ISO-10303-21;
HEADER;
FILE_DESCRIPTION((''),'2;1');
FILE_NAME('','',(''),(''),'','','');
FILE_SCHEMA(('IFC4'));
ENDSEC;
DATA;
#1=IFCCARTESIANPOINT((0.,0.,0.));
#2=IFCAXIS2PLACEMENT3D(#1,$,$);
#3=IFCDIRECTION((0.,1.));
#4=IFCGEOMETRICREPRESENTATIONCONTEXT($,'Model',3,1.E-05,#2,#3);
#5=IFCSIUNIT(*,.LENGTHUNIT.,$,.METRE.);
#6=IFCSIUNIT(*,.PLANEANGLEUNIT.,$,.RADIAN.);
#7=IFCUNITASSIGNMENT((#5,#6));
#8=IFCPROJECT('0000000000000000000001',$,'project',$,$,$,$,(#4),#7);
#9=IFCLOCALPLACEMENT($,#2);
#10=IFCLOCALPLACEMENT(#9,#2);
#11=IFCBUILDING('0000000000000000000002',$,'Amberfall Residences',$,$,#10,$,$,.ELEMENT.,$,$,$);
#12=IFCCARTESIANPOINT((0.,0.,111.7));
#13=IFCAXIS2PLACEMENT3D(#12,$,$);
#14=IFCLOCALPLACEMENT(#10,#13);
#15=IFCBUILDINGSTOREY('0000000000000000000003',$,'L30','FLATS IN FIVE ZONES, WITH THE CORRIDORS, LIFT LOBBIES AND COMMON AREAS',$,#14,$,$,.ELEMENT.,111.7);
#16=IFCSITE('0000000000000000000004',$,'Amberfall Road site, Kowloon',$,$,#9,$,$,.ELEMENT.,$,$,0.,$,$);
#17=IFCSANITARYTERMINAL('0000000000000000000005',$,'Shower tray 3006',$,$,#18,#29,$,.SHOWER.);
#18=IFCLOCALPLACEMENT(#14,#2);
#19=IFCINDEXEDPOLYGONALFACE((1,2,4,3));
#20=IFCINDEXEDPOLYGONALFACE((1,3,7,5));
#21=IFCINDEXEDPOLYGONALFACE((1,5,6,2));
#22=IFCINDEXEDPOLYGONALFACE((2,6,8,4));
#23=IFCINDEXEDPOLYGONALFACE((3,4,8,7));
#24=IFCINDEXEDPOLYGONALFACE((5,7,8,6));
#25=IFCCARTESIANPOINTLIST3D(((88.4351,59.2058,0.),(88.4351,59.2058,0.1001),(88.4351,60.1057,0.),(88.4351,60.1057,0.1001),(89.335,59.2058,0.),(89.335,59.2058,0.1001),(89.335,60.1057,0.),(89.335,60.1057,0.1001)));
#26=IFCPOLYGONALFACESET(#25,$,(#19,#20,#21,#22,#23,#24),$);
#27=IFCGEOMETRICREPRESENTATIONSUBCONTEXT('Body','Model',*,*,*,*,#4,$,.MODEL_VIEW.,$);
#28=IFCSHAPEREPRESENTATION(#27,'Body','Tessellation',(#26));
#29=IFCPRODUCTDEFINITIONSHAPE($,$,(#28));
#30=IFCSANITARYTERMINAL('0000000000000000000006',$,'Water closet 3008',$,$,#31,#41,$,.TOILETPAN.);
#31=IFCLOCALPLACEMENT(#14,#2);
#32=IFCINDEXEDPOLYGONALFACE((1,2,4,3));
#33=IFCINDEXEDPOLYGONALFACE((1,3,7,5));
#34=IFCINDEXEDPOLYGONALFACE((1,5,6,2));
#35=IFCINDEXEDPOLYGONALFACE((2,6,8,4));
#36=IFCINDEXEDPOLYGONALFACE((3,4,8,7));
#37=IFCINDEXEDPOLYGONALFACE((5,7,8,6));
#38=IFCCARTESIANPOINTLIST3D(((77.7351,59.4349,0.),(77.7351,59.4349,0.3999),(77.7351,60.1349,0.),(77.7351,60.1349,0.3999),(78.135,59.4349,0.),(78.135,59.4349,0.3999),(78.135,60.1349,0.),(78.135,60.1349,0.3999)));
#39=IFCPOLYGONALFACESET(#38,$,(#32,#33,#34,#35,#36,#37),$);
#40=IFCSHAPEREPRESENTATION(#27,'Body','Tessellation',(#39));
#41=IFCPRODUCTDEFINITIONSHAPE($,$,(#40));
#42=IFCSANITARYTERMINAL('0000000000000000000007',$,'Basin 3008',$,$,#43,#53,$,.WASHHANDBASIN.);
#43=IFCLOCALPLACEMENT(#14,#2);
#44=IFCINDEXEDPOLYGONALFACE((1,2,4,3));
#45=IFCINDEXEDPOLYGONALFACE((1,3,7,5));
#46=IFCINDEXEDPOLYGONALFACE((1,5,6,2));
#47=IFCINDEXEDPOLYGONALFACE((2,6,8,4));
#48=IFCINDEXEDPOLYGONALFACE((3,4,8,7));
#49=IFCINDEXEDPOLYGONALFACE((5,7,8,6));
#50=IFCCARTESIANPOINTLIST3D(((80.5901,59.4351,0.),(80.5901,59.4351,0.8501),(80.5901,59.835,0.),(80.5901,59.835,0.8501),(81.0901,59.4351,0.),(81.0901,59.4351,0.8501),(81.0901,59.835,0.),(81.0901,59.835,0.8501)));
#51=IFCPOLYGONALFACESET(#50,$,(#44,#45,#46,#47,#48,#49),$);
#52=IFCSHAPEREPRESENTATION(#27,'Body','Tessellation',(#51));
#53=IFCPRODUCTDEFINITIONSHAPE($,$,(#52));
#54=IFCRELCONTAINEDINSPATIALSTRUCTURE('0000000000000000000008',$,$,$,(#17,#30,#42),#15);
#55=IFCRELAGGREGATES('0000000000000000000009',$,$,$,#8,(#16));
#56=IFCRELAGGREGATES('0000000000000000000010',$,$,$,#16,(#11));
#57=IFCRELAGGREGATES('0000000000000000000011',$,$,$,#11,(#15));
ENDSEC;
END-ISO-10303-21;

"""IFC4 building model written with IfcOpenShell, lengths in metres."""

from ifc_helpers import new_model, si_unit, direction, frame, origin, origin_2d, place, context, subcontext, project, spatial, rectangle, extrude, element, save


model = new_model("IFC4")

# Units and contexts
model_context = context("Model", 3, precision=1e-05, world=origin(), true_north=direction((0.0, 1.0)))
body_context = subcontext(model_context, "Body", "Model", "MODEL_VIEW")
ifc_project = project(units=[si_unit("LENGTHUNIT", "METRE"), si_unit("PLANEANGLEUNIT", "RADIAN")], contexts=[model_context])

# Site, building, storey
site_placement = place(None, origin())
site = spatial("IfcSite", under=ifc_project, at=site_placement, Name="Amberfall Road site, Kowloon", CompositionType="ELEMENT", RefElevation=0.0)
building_placement = place(site_placement, origin())
building = spatial("IfcBuilding", under=site, at=building_placement, Name="Amberfall Residences", CompositionType="ELEMENT")
storey_placement = place(building_placement, frame((0.0, 0.0, 111.7)))
storey = spatial("IfcBuildingStorey", under=building, at=storey_placement, Name="L30", Description="FLATS IN FIVE ZONES, WITH THE CORRIDORS, LIFT LOBBIES AND COMMON AREAS", CompositionType="ELEMENT", Elevation=111.7)

# Sanitary terminals
sanitary_terminal_1_placement = place(storey_placement, frame((88.885, 59.6558, 0.0), z_axis=(0.0, 0.0, 1.0), x_axis=(1.0, 0.0, 0.0)))
element("IfcSanitaryTerminal", 1, at=sanitary_terminal_1_placement, inside=storey, Name="Shower tray 3006", PredefinedType="SHOWER", context=body_context, shape_type="SweptSolid", body=[
    extrude(rectangle(XDim=0.8999, YDim=0.8999, at=origin_2d()), origin(), (0.0, 0.0, 1.0), 0.1001),
])
sanitary_terminal_2_placement = place(storey_placement, frame((77.9351, 59.7849, 0.0), z_axis=(0.0, 0.0, 1.0), x_axis=(1.0, 0.0, 0.0)))
element("IfcSanitaryTerminal", 2, at=sanitary_terminal_2_placement, inside=storey, Name="Water closet 3008", PredefinedType="TOILETPAN", context=body_context, shape_type="SweptSolid", body=[
    extrude(rectangle(XDim=0.3999, YDim=0.7, at=origin_2d()), origin(), (0.0, 0.0, 1.0), 0.3999),
])
sanitary_terminal_3_placement = place(storey_placement, frame((80.8401, 59.635, 0.0), z_axis=(0.0, 0.0, 1.0), x_axis=(1.0, 0.0, 0.0)))
element("IfcSanitaryTerminal", 3, at=sanitary_terminal_3_placement, inside=storey, Name="Basin 3008", PredefinedType="WASHHANDBASIN", context=body_context, shape_type="SweptSolid", body=[
    extrude(rectangle(XDim=0.5, YDim=0.3999, at=origin_2d()), origin(), (0.0, 0.0, 1.0), 0.8501),
])

save(model, "model.ifc")
